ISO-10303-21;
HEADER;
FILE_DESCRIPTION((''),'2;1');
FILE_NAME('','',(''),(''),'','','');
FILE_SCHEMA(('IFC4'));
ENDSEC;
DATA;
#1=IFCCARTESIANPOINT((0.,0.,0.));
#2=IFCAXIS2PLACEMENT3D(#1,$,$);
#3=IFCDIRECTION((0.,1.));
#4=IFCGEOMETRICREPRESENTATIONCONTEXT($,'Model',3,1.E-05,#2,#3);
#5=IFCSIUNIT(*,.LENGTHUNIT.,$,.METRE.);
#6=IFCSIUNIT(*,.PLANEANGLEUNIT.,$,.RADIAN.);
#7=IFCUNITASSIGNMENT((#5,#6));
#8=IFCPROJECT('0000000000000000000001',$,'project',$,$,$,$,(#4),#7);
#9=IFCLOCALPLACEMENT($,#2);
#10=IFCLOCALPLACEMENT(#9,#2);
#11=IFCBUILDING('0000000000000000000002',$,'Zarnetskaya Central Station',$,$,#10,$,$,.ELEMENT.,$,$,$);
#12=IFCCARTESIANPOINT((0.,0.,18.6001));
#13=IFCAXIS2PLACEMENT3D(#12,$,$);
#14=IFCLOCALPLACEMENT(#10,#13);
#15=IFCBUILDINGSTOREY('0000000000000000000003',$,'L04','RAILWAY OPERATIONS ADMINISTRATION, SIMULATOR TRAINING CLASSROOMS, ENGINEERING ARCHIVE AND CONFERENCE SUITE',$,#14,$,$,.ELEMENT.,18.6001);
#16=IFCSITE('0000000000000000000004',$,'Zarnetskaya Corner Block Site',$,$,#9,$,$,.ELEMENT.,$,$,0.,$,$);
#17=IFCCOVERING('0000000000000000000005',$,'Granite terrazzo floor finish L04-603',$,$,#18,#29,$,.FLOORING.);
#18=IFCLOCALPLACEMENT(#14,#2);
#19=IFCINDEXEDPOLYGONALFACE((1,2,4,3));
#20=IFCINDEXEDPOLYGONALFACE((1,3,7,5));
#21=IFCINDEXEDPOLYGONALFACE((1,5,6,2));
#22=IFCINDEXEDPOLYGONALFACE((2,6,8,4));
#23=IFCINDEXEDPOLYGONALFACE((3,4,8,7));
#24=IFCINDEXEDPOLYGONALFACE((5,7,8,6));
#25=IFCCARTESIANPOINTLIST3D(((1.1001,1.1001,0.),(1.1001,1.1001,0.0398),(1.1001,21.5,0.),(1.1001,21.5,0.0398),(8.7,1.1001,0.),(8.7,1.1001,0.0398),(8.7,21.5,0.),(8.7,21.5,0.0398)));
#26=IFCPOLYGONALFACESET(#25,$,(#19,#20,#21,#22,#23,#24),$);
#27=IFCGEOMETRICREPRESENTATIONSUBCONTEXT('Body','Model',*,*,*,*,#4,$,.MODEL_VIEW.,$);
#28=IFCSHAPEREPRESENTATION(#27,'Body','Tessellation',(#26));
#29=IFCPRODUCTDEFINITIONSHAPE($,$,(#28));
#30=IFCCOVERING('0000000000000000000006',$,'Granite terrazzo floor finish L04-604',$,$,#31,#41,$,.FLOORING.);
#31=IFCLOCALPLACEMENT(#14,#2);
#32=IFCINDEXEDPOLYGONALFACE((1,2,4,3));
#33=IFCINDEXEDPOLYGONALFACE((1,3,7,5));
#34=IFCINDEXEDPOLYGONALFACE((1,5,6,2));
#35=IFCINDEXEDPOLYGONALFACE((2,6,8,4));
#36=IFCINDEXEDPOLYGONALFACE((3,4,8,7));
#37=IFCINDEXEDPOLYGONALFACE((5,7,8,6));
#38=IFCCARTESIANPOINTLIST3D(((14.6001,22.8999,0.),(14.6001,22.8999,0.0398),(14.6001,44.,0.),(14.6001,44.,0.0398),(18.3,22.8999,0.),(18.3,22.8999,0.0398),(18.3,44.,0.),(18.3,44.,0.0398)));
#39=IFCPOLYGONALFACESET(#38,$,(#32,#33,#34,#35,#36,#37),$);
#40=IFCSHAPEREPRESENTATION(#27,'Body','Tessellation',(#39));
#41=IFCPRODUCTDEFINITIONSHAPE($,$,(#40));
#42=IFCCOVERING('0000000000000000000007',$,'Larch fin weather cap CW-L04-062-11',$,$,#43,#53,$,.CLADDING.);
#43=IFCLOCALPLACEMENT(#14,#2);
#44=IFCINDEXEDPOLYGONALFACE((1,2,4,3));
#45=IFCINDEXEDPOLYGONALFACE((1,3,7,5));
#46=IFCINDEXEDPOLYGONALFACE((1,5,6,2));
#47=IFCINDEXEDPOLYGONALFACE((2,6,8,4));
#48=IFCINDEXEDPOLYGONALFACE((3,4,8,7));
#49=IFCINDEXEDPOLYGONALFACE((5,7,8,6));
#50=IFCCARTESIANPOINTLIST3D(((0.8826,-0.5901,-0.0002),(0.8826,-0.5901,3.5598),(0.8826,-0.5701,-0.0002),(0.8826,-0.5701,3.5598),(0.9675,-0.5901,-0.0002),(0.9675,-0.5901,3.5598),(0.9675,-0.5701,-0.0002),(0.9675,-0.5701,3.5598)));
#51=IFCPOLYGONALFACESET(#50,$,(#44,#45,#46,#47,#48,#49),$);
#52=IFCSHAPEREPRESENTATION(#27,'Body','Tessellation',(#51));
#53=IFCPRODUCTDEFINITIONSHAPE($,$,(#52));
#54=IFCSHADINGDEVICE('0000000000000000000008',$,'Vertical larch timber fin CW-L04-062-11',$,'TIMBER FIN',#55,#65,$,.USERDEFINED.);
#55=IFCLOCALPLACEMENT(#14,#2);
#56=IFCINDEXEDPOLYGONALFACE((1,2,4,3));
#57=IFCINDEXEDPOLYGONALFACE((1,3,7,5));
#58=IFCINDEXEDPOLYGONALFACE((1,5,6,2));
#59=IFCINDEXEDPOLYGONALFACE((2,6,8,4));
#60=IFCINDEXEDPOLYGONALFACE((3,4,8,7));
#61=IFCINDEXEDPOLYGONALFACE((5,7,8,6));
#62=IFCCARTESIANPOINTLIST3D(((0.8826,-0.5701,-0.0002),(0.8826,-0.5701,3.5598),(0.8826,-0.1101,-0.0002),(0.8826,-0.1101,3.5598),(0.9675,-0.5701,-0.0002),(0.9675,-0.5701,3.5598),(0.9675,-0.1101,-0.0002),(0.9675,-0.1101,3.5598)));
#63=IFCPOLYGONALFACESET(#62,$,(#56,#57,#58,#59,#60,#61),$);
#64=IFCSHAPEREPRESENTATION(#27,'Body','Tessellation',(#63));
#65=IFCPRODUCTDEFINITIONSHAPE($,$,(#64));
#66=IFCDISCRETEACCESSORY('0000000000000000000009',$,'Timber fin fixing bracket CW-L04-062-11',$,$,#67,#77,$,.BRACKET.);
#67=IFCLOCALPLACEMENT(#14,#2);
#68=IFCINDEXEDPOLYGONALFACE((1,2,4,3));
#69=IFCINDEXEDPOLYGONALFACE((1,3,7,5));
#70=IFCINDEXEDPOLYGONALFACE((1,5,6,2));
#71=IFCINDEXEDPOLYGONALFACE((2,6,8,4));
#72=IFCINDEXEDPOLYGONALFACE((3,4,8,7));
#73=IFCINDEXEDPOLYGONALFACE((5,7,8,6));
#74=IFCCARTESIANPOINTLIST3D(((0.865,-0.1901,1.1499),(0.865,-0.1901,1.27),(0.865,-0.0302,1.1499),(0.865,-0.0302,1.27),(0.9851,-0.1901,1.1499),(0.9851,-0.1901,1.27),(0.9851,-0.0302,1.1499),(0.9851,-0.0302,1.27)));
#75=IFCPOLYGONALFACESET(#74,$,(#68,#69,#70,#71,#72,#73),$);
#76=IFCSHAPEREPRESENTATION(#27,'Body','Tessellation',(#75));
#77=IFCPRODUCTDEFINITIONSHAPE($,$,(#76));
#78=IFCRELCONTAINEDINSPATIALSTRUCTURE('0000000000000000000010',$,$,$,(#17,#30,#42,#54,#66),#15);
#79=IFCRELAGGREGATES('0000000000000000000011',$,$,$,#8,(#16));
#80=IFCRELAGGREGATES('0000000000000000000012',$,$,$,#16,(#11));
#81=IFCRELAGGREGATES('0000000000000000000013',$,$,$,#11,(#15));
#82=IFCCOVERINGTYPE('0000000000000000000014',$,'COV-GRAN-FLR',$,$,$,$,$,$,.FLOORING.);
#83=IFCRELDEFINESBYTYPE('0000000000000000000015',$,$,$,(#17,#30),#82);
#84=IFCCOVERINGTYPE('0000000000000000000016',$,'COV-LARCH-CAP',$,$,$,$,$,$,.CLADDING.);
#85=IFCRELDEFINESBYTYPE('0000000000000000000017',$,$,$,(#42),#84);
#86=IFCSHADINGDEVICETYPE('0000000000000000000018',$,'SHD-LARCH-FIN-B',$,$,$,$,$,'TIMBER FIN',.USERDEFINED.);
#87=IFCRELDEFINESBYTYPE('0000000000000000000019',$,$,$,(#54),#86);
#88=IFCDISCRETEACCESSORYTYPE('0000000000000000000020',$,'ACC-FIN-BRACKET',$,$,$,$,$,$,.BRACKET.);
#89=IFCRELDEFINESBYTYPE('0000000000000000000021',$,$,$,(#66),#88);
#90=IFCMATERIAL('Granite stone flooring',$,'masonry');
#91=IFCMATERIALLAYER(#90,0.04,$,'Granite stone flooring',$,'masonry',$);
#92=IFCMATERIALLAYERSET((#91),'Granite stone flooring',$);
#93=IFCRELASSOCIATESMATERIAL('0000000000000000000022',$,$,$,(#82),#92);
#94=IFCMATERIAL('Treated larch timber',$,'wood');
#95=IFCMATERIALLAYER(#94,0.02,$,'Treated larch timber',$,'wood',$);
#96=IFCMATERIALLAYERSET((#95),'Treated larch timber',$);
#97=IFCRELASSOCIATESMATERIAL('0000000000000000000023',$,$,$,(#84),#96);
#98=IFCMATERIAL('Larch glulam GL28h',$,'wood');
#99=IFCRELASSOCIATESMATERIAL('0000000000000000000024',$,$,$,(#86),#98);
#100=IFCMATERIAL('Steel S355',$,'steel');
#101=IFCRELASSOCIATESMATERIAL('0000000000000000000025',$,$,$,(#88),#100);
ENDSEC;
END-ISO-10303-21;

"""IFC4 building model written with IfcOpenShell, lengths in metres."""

from ifc_helpers import new_model, si_unit, direction, frame, origin, origin_2d, place, context, subcontext, project, spatial, polyline, rectangle, outline, extrude, material, layer, layer_set, type_object, element, save


model = new_model("IFC4")

# Units and contexts
model_context = context("Model", 3, precision=1e-05, world=origin(), true_north=direction((0.0, 1.0)))
body_context = subcontext(model_context, "Body", "Model", "MODEL_VIEW")
ifc_project = project(units=[si_unit("LENGTHUNIT", "METRE"), si_unit("PLANEANGLEUNIT", "RADIAN")], contexts=[model_context])

# Site, building, storey
site_placement = place(None, origin())
site = spatial("IfcSite", under=ifc_project, at=site_placement, Name="Zarnetskaya Corner Block Site", CompositionType="ELEMENT", RefElevation=0.0)
building_placement = place(site_placement, origin())
building = spatial("IfcBuilding", under=site, at=building_placement, Name="Zarnetskaya Central Station", CompositionType="ELEMENT")
storey_placement = place(building_placement, frame((0.0, 0.0, 18.6001)))
storey = spatial("IfcBuildingStorey", under=building, at=storey_placement, Name="L04", Description="RAILWAY OPERATIONS ADMINISTRATION, SIMULATOR TRAINING CLASSROOMS, ENGINEERING ARCHIVE AND CONFERENCE SUITE", CompositionType="ELEMENT", Elevation=18.6001)

# Shared definitions
ifc_material_1 = material(Name="Steel S355", Category="steel")

# Coverings
ifc_material_2 = material(Name="Granite stone flooring", Category="masonry")
ifc_layer_1 = layer(ifc_material_2, 0.04, Name="Granite stone flooring", Category="masonry")
ifc_layer_set_1 = layer_set([ifc_layer_1], Name="Granite stone flooring")
covering_type_1 = type_object("IfcCoveringType", Name="COV-GRAN-FLR", PredefinedType="FLOORING", material=ifc_layer_set_1)
covering_1_placement = place(storey_placement, origin())
element("IfcCovering", 1, at=covering_1_placement, inside=storey, type_object=covering_type_1, Name="Granite terrazzo floor finish L04-603", PredefinedType="FLOORING", context=body_context, shape_type="SweptSolid", body=[
    extrude(outline(polyline([(1.1001, 1.1001), (8.7, 1.1001), (8.7, 21.5), (1.1001, 21.5), (1.1001, 1.1001)])), origin(), (0.0, 0.0, 1.0), 0.0398),
])
covering_2_placement = place(storey_placement, origin())
element("IfcCovering", 2, at=covering_2_placement, inside=storey, type_object=covering_type_1, Name="Granite terrazzo floor finish L04-604", PredefinedType="FLOORING", context=body_context, shape_type="SweptSolid", body=[
    extrude(outline(polyline([(14.6001, 22.8999), (18.3, 22.8999), (18.3, 44.0), (14.6001, 44.0), (14.6001, 22.8999)])), origin(), (0.0, 0.0, 1.0), 0.0398),
])
ifc_material_3 = material(Name="Treated larch timber", Category="wood")
ifc_layer_2 = layer(ifc_material_3, 0.02, Name="Treated larch timber", Category="wood")
ifc_layer_set_2 = layer_set([ifc_layer_2], Name="Treated larch timber")
covering_type_2 = type_object("IfcCoveringType", Name="COV-LARCH-CAP", PredefinedType="CLADDING", material=ifc_layer_set_2)
covering_3_placement = place(storey_placement, frame((0.925, -0.5801, -0.0002), z_axis=(0.0, 0.0, 1.0), x_axis=(-1.0, 0.0, 0.0)))
element("IfcCovering", 3, at=covering_3_placement, inside=storey, type_object=covering_type_2, Name="Larch fin weather cap CW-L04-062-11", PredefinedType="CLADDING", context=body_context, shape_type="SweptSolid", body=[
    extrude(rectangle(XDim=0.085, YDim=0.02, at=origin_2d()), origin(), (0.0, 0.0, 1.0), 3.5601),
])

# Shading device
ifc_material_4 = material(Name="Larch glulam GL28h", Category="wood")
shading_device_type = type_object("IfcShadingDeviceType", Name="SHD-LARCH-FIN-B", ElementType="TIMBER FIN", PredefinedType="USERDEFINED", material=ifc_material_4)
shading_device_placement = place(storey_placement, frame((0.925, -0.3401, -0.0002), z_axis=(0.0, 0.0, 1.0), x_axis=(-1.0, 0.0, 0.0)))
element("IfcShadingDevice", 4, at=shading_device_placement, inside=storey, type_object=shading_device_type, Name="Vertical larch timber fin CW-L04-062-11", ObjectType="TIMBER FIN", PredefinedType="USERDEFINED", context=body_context, shape_type="SweptSolid", body=[
    extrude(rectangle(XDim=0.085, YDim=0.46, at=origin_2d()), origin(), (0.0, 0.0, 1.0), 3.5601),
])

# Discrete accessory
discrete_accessory_type = type_object("IfcDiscreteAccessoryType", Name="ACC-FIN-BRACKET", PredefinedType="BRACKET", material=ifc_material_1)
discrete_accessory_placement = place(storey_placement, frame((0.925, -0.1101, 1.1499), z_axis=(0.0, 0.0, 1.0), x_axis=(-1.0, 0.0, 0.0)))
element("IfcDiscreteAccessory", 5, at=discrete_accessory_placement, inside=storey, type_object=discrete_accessory_type, Name="Timber fin fixing bracket CW-L04-062-11", PredefinedType="BRACKET", context=body_context, shape_type="SweptSolid", body=[
    extrude(rectangle(XDim=0.1201, YDim=0.1599, at=origin_2d()), origin(), (0.0, 0.0, 1.0), 0.1201),
])

save(model, "model.ifc")
